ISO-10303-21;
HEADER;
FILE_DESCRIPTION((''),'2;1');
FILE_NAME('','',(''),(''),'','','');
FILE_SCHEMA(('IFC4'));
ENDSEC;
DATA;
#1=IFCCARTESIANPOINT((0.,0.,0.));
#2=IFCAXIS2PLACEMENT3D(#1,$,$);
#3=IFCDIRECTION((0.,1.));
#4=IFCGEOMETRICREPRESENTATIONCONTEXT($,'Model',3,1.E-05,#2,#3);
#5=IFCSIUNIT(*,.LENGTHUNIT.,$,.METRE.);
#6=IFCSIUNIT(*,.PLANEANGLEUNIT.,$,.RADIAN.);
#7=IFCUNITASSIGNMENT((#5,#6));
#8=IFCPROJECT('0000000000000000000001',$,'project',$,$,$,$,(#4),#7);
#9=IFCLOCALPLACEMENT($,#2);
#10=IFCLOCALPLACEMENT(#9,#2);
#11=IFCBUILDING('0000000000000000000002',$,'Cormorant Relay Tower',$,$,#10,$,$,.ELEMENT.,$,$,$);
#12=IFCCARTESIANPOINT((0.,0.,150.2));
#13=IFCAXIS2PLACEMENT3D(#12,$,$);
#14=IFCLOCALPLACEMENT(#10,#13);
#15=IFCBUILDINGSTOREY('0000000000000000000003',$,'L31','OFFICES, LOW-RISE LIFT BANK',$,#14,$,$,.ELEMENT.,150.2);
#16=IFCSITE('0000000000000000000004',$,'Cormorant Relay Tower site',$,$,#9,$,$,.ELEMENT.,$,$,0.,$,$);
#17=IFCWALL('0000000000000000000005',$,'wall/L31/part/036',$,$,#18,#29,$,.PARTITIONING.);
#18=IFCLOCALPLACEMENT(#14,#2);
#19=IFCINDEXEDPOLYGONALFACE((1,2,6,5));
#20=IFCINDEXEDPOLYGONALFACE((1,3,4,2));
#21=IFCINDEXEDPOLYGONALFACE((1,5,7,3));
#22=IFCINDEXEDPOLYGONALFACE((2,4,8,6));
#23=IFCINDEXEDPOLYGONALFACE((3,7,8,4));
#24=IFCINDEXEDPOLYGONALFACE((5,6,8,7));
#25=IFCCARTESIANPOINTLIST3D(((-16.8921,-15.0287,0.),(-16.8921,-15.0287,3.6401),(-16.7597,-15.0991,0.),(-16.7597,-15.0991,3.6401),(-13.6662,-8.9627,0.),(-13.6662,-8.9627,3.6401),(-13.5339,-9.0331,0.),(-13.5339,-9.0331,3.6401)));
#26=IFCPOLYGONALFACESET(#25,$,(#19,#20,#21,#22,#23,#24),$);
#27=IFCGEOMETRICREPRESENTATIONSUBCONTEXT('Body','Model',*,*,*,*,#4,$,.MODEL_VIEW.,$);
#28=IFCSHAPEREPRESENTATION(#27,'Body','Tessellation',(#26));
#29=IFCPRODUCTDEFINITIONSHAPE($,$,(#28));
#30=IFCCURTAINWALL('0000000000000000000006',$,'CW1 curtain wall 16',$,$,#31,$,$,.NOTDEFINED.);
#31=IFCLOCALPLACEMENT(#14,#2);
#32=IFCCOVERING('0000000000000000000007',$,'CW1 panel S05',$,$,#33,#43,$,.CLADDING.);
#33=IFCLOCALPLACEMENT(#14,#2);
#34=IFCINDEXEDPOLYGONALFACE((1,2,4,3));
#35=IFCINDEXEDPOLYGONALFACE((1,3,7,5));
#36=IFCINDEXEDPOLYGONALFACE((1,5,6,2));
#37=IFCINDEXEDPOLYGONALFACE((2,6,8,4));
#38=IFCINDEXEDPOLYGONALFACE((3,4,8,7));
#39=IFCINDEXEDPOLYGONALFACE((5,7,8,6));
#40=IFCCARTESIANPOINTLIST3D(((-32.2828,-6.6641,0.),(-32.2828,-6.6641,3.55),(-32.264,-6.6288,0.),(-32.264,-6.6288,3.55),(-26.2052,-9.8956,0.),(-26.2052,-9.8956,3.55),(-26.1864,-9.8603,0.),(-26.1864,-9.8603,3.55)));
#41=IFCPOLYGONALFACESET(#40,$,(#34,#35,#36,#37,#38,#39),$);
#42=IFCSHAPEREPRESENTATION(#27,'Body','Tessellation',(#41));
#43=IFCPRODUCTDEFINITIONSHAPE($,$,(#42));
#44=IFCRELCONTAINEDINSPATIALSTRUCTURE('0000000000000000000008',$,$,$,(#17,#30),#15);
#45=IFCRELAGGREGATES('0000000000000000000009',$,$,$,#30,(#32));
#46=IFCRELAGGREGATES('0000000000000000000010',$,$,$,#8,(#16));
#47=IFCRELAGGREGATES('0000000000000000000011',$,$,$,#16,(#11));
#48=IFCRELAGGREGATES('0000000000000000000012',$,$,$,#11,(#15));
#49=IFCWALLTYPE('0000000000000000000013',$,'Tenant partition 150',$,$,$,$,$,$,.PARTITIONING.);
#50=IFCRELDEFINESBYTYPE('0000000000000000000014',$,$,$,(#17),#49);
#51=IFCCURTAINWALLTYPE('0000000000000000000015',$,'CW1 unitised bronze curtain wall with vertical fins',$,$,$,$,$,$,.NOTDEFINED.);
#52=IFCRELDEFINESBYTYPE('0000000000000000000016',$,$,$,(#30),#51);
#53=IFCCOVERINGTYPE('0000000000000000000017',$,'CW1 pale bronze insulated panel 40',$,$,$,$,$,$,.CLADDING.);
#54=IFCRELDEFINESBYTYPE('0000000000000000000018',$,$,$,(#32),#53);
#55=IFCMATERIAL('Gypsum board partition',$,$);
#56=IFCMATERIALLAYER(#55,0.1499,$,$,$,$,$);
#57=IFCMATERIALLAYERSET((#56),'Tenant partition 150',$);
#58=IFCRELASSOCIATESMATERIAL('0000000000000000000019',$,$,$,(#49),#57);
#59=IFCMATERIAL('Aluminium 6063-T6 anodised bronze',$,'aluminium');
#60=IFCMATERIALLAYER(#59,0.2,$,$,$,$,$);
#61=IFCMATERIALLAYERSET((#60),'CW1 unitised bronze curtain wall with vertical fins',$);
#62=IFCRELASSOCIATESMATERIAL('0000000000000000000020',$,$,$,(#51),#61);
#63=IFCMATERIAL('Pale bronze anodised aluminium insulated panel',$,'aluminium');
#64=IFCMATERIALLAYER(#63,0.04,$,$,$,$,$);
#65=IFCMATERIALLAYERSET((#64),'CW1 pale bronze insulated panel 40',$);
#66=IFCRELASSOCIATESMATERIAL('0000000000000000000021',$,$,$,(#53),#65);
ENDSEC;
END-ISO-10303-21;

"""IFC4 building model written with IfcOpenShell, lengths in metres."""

from ifc_helpers import new_model, si_unit, direction, frame, frame_2d, origin, origin_2d, place, context, subcontext, project, spatial, rectangle, extrude, material, layer, layer_set, type_object, element, aggregate, save


model = new_model("IFC4")

# Units and contexts
model_context = context("Model", 3, precision=1e-05, world=origin(), true_north=direction((0.0, 1.0)))
body_context = subcontext(model_context, "Body", "Model", "MODEL_VIEW")
ifc_project = project(units=[si_unit("LENGTHUNIT", "METRE"), si_unit("PLANEANGLEUNIT", "RADIAN")], contexts=[model_context])

# Site, building, storey
site_placement = place(None, origin())
site = spatial("IfcSite", under=ifc_project, at=site_placement, Name="Cormorant Relay Tower site", CompositionType="ELEMENT", RefElevation=0.0)
building_placement = place(site_placement, origin())
building = spatial("IfcBuilding", under=site, at=building_placement, Name="Cormorant Relay Tower", CompositionType="ELEMENT")
storey_placement = place(building_placement, frame((0.0, 0.0, 150.2)))
storey = spatial("IfcBuildingStorey", under=building, at=storey_placement, Name="L31", Description="OFFICES, LOW-RISE LIFT BANK", CompositionType="ELEMENT", Elevation=150.2)

# Wall
ifc_material_1 = material(Name="Gypsum board partition")
ifc_layer_1 = layer(ifc_material_1, 0.1499)
ifc_layer_set_1 = layer_set([ifc_layer_1], Name="Tenant partition 150")
wall_type_1 = type_object("IfcWallType", Name="Tenant partition 150", PredefinedType="PARTITIONING", material=ifc_layer_set_1)
wall_1_placement = place(storey_placement, frame((-13.6001, -8.998, 0.0), z_axis=(0.0, 0.0, 1.0), x_axis=(-0.469531, -0.882916, 0.0)))
element("IfcWall", 1, at=wall_1_placement, inside=storey, type_object=wall_type_1, Name="wall/L31/part/036", PredefinedType="PARTITIONING", context=body_context, shape_type="SweptSolid", body=[
    extrude(rectangle(XDim=6.8704, YDim=0.1499, at=frame_2d((3.4351, 0.0))), origin(), (0.0, 0.0, 1.0), 3.6401),
])

# Curtain wall, covering
ifc_material_2 = material(Name="Aluminium 6063-T6 anodised bronze", Category="aluminium")
ifc_layer_2 = layer(ifc_material_2, 0.2)
ifc_layer_set_2 = layer_set([ifc_layer_2], Name="CW1 unitised bronze curtain wall with vertical fins")
curtain_wall_type = type_object("IfcCurtainWallType", Name="CW1 unitised bronze curtain wall with vertical fins", PredefinedType="NOTDEFINED", material=ifc_layer_set_2)
curtain_wall_placement = place(storey_placement, origin())
curtain_wall = element("IfcCurtainWall", 2, at=curtain_wall_placement, inside=storey, type_object=curtain_wall_type, Name="CW1 curtain wall 16", PredefinedType="NOTDEFINED")
ifc_material_3 = material(Name="Pale bronze anodised aluminium insulated panel", Category="aluminium")
ifc_layer_3 = layer(ifc_material_3, 0.04)
ifc_layer_set_3 = layer_set([ifc_layer_3], Name="CW1 pale bronze insulated panel 40")
covering_type = type_object("IfcCoveringType", Name="CW1 pale bronze insulated panel 40", PredefinedType="CLADDING", material=ifc_layer_set_3)
covering_placement = place(storey_placement, frame((-29.2346, -8.2622, 0.0), z_axis=(0.0, 0.0, 1.0), x_axis=(0.882948, -0.469472, 0.0)))
covering = element("IfcCovering", 3, at=covering_placement, type_object=covering_type, Name="CW1 panel S05", PredefinedType="CLADDING", context=body_context, shape_type="SweptSolid", body=[
    extrude(rectangle(XDim=6.8833, YDim=0.04, at=origin_2d()), origin(), (0.0, 0.0, 1.0), 3.55),
])
aggregate(curtain_wall, [covering])

save(model, "model.ifc")
